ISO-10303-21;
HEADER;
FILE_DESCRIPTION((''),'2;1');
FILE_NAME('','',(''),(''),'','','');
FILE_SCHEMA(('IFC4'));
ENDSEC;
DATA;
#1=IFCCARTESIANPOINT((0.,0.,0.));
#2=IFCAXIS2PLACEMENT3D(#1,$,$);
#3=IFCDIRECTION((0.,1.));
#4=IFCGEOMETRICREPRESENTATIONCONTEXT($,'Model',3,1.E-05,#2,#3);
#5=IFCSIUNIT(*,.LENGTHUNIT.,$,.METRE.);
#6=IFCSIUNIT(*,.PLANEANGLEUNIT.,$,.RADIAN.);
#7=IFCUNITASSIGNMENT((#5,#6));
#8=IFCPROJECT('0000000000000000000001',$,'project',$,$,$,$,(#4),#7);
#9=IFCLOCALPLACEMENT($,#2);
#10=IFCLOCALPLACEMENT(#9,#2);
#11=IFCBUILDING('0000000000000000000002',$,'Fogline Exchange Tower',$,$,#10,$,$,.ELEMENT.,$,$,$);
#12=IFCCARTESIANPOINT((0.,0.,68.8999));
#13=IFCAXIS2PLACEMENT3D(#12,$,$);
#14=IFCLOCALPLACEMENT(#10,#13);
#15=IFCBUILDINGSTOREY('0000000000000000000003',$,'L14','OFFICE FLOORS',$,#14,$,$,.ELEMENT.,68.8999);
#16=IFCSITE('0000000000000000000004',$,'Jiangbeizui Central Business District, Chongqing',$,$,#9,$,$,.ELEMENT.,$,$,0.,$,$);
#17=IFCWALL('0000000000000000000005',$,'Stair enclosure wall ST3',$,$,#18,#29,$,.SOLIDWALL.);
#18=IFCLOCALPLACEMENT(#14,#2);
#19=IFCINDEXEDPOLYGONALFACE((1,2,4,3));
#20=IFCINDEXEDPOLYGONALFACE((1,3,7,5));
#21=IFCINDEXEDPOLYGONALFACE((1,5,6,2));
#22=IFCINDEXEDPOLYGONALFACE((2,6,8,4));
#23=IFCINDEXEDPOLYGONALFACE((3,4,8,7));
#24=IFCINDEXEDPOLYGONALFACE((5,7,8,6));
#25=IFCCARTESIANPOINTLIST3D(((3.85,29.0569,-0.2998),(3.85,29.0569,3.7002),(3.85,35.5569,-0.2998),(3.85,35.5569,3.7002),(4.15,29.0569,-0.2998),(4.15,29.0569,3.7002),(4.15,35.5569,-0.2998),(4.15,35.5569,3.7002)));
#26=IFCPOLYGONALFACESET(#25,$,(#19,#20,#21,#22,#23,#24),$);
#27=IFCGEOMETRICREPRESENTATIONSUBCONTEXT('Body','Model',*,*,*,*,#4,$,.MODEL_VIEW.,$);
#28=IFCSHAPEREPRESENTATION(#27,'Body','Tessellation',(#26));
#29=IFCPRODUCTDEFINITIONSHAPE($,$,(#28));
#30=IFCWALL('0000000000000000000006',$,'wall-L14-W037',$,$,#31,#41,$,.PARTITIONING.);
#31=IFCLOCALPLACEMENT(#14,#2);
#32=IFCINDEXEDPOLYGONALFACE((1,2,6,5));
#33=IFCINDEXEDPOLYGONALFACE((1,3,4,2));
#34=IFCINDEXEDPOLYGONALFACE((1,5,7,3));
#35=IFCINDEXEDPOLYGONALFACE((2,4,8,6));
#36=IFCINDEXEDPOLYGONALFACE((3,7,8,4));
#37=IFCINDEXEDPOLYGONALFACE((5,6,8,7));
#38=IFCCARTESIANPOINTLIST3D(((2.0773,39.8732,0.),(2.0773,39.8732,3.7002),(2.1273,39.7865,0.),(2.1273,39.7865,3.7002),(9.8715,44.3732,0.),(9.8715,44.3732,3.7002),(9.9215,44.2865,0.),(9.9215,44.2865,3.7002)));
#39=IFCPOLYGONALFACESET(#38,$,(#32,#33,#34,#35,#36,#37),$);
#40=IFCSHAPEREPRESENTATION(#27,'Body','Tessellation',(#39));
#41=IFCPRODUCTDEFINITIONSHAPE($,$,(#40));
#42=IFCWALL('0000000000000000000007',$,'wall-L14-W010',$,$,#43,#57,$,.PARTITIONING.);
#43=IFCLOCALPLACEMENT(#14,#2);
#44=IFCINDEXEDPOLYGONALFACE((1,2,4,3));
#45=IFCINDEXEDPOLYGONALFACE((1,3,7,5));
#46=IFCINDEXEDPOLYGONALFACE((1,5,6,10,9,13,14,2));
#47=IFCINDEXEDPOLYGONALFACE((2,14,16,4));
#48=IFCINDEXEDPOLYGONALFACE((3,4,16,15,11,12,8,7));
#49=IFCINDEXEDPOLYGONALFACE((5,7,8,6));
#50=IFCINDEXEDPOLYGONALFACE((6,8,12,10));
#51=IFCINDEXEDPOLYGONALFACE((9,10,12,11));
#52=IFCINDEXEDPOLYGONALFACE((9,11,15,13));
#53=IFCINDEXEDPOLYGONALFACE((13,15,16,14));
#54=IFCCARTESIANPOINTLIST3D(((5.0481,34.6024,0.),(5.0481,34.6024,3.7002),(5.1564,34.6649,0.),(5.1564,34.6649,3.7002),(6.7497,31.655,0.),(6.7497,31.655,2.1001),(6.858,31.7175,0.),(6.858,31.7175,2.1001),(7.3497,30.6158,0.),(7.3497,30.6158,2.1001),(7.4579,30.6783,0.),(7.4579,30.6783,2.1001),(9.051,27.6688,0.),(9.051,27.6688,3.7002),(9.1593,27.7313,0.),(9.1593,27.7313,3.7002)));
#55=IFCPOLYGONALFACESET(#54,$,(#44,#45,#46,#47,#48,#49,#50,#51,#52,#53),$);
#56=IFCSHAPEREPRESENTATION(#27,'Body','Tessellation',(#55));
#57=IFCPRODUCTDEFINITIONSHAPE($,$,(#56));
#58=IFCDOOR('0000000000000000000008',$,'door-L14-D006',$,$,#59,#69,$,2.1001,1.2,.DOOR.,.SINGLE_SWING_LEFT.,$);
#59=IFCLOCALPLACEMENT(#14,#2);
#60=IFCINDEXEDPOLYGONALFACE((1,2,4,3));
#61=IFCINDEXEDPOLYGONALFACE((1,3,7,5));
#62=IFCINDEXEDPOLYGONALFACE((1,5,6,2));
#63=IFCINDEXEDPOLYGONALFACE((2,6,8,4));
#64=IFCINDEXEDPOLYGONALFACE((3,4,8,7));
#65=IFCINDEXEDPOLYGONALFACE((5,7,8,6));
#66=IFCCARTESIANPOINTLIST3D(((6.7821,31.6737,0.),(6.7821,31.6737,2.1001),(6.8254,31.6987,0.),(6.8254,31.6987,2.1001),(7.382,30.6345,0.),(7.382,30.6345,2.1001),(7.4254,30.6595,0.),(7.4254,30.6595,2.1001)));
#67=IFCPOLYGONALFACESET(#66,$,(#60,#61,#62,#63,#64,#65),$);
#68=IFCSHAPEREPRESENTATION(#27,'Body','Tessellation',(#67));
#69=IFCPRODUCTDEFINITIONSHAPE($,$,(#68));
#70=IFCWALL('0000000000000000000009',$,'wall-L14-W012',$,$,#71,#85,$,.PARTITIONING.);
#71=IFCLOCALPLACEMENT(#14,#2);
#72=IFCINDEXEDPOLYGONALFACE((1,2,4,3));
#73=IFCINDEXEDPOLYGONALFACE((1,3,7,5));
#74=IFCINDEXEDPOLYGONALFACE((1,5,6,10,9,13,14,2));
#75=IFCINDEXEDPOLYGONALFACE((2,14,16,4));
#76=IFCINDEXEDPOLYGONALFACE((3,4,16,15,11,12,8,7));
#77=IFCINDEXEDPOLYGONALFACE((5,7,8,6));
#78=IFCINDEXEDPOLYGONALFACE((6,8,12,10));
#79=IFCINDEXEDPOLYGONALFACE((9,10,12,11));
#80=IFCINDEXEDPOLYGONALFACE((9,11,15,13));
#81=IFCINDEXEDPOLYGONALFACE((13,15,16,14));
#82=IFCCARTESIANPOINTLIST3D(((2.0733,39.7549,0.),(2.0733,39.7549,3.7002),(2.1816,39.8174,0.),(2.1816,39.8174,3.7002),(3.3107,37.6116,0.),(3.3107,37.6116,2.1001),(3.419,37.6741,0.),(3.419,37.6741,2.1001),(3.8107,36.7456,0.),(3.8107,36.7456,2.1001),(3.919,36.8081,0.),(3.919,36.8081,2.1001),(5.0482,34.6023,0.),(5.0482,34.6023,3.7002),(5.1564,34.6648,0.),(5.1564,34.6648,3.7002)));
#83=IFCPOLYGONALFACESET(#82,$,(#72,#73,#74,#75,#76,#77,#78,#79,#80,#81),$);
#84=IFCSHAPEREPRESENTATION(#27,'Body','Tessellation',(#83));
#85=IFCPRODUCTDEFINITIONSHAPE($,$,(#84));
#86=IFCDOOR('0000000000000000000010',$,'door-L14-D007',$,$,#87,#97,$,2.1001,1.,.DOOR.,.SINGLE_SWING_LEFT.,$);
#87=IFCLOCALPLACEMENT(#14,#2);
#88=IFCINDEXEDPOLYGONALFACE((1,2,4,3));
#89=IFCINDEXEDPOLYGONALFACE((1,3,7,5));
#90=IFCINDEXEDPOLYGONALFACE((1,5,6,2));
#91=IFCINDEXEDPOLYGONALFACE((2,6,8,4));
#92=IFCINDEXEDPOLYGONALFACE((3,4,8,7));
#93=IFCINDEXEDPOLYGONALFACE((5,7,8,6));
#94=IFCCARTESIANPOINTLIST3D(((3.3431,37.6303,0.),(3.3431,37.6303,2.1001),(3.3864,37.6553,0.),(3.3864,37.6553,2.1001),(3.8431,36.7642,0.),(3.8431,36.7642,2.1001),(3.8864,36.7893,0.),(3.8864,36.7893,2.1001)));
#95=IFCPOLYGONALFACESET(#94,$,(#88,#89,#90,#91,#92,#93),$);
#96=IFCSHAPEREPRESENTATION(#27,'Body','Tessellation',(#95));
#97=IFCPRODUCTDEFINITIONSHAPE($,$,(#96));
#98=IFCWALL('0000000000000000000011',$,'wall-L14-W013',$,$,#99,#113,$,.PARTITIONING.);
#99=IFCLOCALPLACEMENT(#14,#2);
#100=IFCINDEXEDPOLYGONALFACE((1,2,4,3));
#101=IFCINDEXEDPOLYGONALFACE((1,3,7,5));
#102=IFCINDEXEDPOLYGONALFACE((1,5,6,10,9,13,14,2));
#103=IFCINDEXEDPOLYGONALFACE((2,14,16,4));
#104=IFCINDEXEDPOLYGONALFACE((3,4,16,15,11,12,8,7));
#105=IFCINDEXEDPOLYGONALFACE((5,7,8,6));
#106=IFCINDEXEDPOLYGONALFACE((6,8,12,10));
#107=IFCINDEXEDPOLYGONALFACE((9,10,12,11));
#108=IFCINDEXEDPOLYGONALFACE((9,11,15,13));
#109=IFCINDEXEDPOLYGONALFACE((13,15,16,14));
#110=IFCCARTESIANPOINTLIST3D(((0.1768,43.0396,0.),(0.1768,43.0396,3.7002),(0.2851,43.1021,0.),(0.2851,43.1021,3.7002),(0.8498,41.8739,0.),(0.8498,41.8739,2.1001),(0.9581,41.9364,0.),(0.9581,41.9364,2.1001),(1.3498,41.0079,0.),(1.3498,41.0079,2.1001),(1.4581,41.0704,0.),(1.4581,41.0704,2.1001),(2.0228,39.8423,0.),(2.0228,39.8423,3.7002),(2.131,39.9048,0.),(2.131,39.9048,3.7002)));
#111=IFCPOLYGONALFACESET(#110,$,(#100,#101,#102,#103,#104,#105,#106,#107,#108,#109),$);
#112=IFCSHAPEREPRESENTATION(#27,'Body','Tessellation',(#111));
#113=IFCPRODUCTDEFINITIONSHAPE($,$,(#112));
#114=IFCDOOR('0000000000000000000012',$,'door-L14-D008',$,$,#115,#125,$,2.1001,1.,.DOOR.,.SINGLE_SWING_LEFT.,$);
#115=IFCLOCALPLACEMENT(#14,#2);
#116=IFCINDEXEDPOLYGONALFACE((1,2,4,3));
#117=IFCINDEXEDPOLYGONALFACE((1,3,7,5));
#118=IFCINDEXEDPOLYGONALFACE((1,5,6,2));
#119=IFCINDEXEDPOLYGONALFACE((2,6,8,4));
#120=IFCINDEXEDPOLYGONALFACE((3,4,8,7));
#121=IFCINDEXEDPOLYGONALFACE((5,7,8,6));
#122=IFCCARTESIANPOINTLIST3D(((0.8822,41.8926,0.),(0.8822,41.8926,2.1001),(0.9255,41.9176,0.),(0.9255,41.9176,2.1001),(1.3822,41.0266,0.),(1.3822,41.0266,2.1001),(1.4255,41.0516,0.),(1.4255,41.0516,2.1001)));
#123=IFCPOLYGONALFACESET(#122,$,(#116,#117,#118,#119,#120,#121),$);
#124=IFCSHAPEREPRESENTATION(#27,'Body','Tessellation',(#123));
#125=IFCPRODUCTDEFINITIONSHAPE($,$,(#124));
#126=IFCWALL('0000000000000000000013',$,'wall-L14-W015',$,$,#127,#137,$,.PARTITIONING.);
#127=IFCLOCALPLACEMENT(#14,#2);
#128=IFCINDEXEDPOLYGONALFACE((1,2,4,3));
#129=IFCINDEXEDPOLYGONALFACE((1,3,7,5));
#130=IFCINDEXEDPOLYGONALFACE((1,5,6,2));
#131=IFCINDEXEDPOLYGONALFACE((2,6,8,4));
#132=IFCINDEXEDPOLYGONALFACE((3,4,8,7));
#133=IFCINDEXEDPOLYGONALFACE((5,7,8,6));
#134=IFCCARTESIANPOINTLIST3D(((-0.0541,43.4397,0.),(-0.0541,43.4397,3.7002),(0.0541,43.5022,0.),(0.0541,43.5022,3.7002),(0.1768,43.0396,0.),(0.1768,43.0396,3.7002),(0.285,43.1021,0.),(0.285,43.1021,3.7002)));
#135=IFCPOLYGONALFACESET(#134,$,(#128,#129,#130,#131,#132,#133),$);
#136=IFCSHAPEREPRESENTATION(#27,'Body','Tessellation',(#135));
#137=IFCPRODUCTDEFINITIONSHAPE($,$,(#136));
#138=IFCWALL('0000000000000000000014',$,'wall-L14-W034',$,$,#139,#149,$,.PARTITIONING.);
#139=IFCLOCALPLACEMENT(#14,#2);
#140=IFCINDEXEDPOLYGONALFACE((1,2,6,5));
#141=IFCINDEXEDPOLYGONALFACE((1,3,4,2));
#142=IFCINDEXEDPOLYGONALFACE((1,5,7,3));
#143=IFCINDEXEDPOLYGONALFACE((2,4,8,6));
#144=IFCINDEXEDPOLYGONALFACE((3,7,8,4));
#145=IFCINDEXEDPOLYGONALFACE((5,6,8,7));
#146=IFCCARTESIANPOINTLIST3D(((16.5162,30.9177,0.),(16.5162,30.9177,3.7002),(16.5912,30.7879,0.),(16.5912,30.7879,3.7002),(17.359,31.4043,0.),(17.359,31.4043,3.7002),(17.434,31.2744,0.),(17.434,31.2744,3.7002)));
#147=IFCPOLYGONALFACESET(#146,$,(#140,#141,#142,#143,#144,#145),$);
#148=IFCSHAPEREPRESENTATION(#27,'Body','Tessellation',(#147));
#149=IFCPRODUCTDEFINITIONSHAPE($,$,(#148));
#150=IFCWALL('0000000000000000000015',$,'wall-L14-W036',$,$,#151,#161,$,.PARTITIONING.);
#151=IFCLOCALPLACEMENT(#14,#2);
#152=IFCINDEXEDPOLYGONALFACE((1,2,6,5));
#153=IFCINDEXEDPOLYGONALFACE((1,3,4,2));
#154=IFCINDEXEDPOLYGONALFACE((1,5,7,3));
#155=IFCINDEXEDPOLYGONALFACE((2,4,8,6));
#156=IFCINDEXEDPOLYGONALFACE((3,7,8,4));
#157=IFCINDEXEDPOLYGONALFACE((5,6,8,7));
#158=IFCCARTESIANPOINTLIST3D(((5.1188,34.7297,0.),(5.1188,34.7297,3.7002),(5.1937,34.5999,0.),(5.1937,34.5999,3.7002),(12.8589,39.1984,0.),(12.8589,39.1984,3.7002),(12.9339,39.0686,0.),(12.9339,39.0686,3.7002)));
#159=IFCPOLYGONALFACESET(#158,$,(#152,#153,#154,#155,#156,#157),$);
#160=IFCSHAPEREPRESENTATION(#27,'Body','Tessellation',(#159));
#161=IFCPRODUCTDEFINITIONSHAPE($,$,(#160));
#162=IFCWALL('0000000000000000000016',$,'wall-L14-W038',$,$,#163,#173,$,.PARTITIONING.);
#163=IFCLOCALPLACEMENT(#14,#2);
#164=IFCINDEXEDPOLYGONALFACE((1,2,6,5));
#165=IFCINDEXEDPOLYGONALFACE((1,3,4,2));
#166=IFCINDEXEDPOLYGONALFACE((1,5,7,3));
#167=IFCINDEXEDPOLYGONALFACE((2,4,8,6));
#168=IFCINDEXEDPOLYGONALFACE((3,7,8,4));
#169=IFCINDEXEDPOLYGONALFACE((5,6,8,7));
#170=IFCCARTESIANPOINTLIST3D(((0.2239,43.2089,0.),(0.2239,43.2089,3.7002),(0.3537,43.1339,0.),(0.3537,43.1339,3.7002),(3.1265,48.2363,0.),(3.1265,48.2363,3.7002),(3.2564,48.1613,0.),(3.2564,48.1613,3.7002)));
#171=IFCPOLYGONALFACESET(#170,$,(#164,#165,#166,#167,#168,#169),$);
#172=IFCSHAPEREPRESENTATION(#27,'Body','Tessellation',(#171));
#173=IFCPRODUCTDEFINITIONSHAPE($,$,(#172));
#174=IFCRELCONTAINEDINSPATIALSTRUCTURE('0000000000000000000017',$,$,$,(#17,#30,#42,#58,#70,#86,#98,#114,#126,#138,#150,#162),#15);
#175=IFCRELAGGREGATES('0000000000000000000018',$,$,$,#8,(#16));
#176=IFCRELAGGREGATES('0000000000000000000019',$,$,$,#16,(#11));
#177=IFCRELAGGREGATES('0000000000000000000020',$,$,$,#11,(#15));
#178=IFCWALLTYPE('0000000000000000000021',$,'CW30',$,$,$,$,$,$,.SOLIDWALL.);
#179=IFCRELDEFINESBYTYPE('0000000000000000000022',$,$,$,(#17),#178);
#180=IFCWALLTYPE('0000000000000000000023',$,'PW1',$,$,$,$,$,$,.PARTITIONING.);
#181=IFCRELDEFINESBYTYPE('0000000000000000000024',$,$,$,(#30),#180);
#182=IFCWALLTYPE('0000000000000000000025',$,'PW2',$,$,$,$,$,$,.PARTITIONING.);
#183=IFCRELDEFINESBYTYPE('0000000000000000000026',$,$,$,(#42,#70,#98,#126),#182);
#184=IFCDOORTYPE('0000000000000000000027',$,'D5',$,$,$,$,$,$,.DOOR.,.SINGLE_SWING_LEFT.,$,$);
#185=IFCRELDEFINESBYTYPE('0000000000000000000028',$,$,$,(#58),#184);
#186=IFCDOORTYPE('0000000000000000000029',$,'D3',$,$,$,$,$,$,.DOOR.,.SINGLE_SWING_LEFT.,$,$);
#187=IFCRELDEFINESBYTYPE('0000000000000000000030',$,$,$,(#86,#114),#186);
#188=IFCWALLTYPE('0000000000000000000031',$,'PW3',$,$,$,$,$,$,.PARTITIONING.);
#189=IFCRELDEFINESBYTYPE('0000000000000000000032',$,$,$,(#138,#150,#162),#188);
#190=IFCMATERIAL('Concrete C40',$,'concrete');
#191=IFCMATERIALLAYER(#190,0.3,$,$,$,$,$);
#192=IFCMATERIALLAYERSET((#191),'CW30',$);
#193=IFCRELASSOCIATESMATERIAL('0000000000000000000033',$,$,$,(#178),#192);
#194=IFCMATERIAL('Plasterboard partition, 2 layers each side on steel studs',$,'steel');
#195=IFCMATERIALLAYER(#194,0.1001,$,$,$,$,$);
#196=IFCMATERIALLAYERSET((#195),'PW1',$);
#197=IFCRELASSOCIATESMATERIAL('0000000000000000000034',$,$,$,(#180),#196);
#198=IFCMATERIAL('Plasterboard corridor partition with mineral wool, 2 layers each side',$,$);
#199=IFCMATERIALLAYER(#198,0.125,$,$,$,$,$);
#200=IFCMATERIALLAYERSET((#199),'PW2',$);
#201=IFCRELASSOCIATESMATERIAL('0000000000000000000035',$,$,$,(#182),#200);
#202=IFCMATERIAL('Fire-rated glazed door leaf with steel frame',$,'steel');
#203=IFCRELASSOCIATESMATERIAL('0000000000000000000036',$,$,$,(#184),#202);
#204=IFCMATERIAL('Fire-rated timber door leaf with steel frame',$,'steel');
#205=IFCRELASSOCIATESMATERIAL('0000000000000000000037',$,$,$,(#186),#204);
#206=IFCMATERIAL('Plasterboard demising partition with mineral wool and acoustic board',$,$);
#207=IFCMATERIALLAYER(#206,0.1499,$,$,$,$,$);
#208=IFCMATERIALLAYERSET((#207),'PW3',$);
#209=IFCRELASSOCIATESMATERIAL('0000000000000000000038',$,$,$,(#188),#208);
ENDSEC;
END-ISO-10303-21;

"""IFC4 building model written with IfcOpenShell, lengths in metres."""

from ifc_helpers import new_model, si_unit, direction, frame, frame_2d, origin, place, context, subcontext, project, spatial, rectangle, extrude, material, layer, layer_set, type_object, element, fill, save


model = new_model("IFC4")

# Units and contexts
model_context = context("Model", 3, precision=1e-05, world=origin(), true_north=direction((0.0, 1.0)))
body_context = subcontext(model_context, "Body", "Model", "MODEL_VIEW")
ifc_project = project(units=[si_unit("LENGTHUNIT", "METRE"), si_unit("PLANEANGLEUNIT", "RADIAN")], contexts=[model_context])

# Site, building, storey
site_placement = place(None, origin())
site = spatial("IfcSite", under=ifc_project, at=site_placement, Name="Jiangbeizui Central Business District, Chongqing", CompositionType="ELEMENT", RefElevation=0.0)
building_placement = place(site_placement, origin())
building = spatial("IfcBuilding", under=site, at=building_placement, Name="Fogline Exchange Tower", CompositionType="ELEMENT")
storey_placement = place(building_placement, frame((0.0, 0.0, 68.8999)))
storey = spatial("IfcBuildingStorey", under=building, at=storey_placement, Name="L14", Description="OFFICE FLOORS", CompositionType="ELEMENT", Elevation=68.8999)

# Shared definitions
ifc_material_1 = material(Name="Concrete C40", Category="concrete")

# Wall
ifc_layer_1 = layer(ifc_material_1, 0.3)
ifc_layer_set_1 = layer_set([ifc_layer_1], Name="CW30")
wall_type_1 = type_object("IfcWallType", Name="CW30", PredefinedType="SOLIDWALL", material=ifc_layer_set_1)
wall_1_placement = place(storey_placement, frame((4.0, 29.0569, -0.2998), z_axis=(0.0, 0.0, 1.0), x_axis=(0.0, 1.0, 0.0)))
element("IfcWall", 1, at=wall_1_placement, inside=storey, type_object=wall_type_1, Name="Stair enclosure wall ST3", PredefinedType="SOLIDWALL", context=body_context, shape_type="SweptSolid", body=[
    extrude(rectangle(XDim=6.5, YDim=0.3, at=frame_2d((3.25, 0.0))), origin(), (0.0, 0.0, 1.0), 4.0),
])

# Wall
ifc_material_2 = material(Name="Plasterboard partition, 2 layers each side on steel studs", Category="steel")
ifc_layer_2 = layer(ifc_material_2, 0.1001)
ifc_layer_set_2 = layer_set([ifc_layer_2], Name="PW1")
wall_type_2 = type_object("IfcWallType", Name="PW1", PredefinedType="PARTITIONING", material=ifc_layer_set_2)
wall_2_placement = place(storey_placement, frame((2.1023, 39.8298, 0.0), z_axis=(0.0, 0.0, 1.0), x_axis=(0.866024, 0.500002, 0.0)))
element("IfcWall", 2, at=wall_2_placement, inside=storey, type_object=wall_type_2, Name="wall-L14-W037", PredefinedType="PARTITIONING", context=body_context, shape_type="SweptSolid", body=[
    extrude(rectangle(XDim=9.0, YDim=0.1001, at=frame_2d((4.5, 0.0))), origin(), (0.0, 0.0, 1.0), 3.7002),
])

# Walls, openings, doors
ifc_material_3 = material(Name="Plasterboard corridor partition with mineral wool, 2 layers each side")
ifc_layer_3 = layer(ifc_material_3, 0.125)
ifc_layer_set_3 = layer_set([ifc_layer_3], Name="PW2")
wall_type_3 = type_object("IfcWallType", Name="PW2", PredefinedType="PARTITIONING", material=ifc_layer_set_3)
wall_3_placement = place(storey_placement, frame((5.1023, 34.6335, 0.0), z_axis=(0.0, 0.0, 1.0), x_axis=(0.499983, -0.866035, 0.0)))
wall_3 = element("IfcWall", 3, at=wall_3_placement, inside=storey, type_object=wall_type_3, Name="wall-L14-W010", PredefinedType="PARTITIONING", context=body_context, shape_type="SweptSolid", body=[
    extrude(rectangle(XDim=8.0061, YDim=0.125, at=frame_2d((4.0029, 0.0))), origin(), (0.0, 0.0, 1.0), 3.7002),
])
opening_1_placement = place(wall_3_placement, frame((3.4031, 0.0, 0.0)))
opening_1 = element("IfcOpeningElement", 4, at=opening_1_placement, cuts=wall_3, PredefinedType="OPENING", context=body_context, shape_type="SweptSolid", body=[
    extrude(rectangle(XDim=1.2, YDim=2.1001, at=frame_2d((0.6001, 1.05))), frame((0.0, 0.0725, 0.0), z_axis=(0.0, -1.0, 0.0), x_axis=(1.0, 0.0, 0.0)), (0.0, 0.0, 1.0), 0.145),
])
ifc_material_4 = material(Name="Fire-rated glazed door leaf with steel frame", Category="steel")
door_type_1 = type_object("IfcDoorType", Name="D5", OperationType="SINGLE_SWING_LEFT", PredefinedType="DOOR", material=ifc_material_4)
door_1_placement = place(opening_1_placement, origin())
door_1 = element("IfcDoor", 5, at=door_1_placement, inside=storey, type_object=door_type_1, Name="door-L14-D006", OperationType="SINGLE_SWING_LEFT", OverallHeight=2.1001, OverallWidth=1.2, PredefinedType="DOOR", context=body_context, shape_type="SweptSolid", body=[
    extrude(rectangle(XDim=1.2, YDim=2.1001, at=frame_2d((0.6001, 1.05))), frame((0.0, 0.0249, 0.0), z_axis=(0.0, -1.0, 0.0), x_axis=(1.0, 0.0, 0.0)), (0.0, 0.0, 1.0), 0.05),
])
fill(opening_1, door_1)
wall_4_placement = place(storey_placement, frame((2.1274, 39.7861, 0.0), z_axis=(0.0, 0.0, 1.0), x_axis=(0.500001, -0.866025, 0.0)))
wall_4 = element("IfcWall", 6, at=wall_4_placement, inside=storey, type_object=wall_type_3, Name="wall-L14-W012", PredefinedType="PARTITIONING", context=body_context, shape_type="SweptSolid", body=[
    extrude(rectangle(XDim=5.9497, YDim=0.125, at=frame_2d((2.9749, 0.0))), origin(), (0.0, 0.0, 1.0), 3.7002),
])
opening_2_placement = place(wall_4_placement, frame((2.4749, 0.0, 0.0)))
opening_2 = element("IfcOpeningElement", 7, at=opening_2_placement, cuts=wall_4, PredefinedType="OPENING", context=body_context, shape_type="SweptSolid", body=[
    extrude(rectangle(XDim=1.0, YDim=2.1001, at=frame_2d((0.5, 1.05))), frame((0.0, 0.0725, 0.0), z_axis=(0.0, -1.0, 0.0), x_axis=(1.0, 0.0, 0.0)), (0.0, 0.0, 1.0), 0.145),
])
ifc_material_5 = material(Name="Fire-rated timber door leaf with steel frame", Category="steel")
door_type_2 = type_object("IfcDoorType", Name="D3", OperationType="SINGLE_SWING_LEFT", PredefinedType="DOOR", material=ifc_material_5)
door_2_placement = place(opening_2_placement, origin())
door_2 = element("IfcDoor", 8, at=door_2_placement, inside=storey, type_object=door_type_2, Name="door-L14-D007", OperationType="SINGLE_SWING_LEFT", OverallHeight=2.1001, OverallWidth=1.0, PredefinedType="DOOR", context=body_context, shape_type="SweptSolid", body=[
    extrude(rectangle(XDim=1.0, YDim=2.1001, at=frame_2d((0.5, 1.05))), frame((0.0, 0.0249, 0.0), z_axis=(0.0, -1.0, 0.0), x_axis=(1.0, 0.0, 0.0)), (0.0, 0.0, 1.0), 0.05),
])
fill(opening_2, door_2)
wall_5_placement = place(storey_placement, frame((0.231, 43.0708, 0.0), z_axis=(0.0, 0.0, 1.0), x_axis=(0.500001, -0.866025, 0.0)))
wall_5 = element("IfcWall", 9, at=wall_5_placement, inside=storey, type_object=wall_type_3, Name="wall-L14-W013", PredefinedType="PARTITIONING", context=body_context, shape_type="SweptSolid", body=[
    extrude(rectangle(XDim=3.6919, YDim=0.125, at=frame_2d((1.8459, 0.0))), origin(), (0.0, 0.0, 1.0), 3.7002),
])
opening_3_placement = place(wall_5_placement, frame((1.3459, 0.0, 0.0)))
opening_3 = element("IfcOpeningElement", 10, at=opening_3_placement, cuts=wall_5, PredefinedType="OPENING", context=body_context, shape_type="SweptSolid", body=[
    extrude(rectangle(XDim=1.0, YDim=2.1001, at=frame_2d((0.5, 1.05))), frame((0.0, 0.0725, 0.0), z_axis=(0.0, -1.0, 0.0), x_axis=(1.0, 0.0, 0.0)), (0.0, 0.0, 1.0), 0.145),
])
door_3_placement = place(opening_3_placement, origin())
door_3 = element("IfcDoor", 11, at=door_3_placement, inside=storey, type_object=door_type_2, Name="door-L14-D008", OperationType="SINGLE_SWING_LEFT", OverallHeight=2.1001, OverallWidth=1.0, PredefinedType="DOOR", context=body_context, shape_type="SweptSolid", body=[
    extrude(rectangle(XDim=1.0, YDim=2.1001, at=frame_2d((0.5, 1.05))), frame((0.0, 0.0249, 0.0), z_axis=(0.0, -1.0, 0.0), x_axis=(1.0, 0.0, 0.0)), (0.0, 0.0, 1.0), 0.05),
])
fill(opening_3, door_3)

# Walls
wall_6_placement = place(storey_placement, frame((0.0, 43.4709, 0.0), z_axis=(0.0, 0.0, 1.0), x_axis=(0.49989, -0.866089, 0.0)))
element("IfcWall", 12, at=wall_6_placement, inside=storey, type_object=wall_type_3, Name="wall-L14-W015", PredefinedType="PARTITIONING", context=body_context, shape_type="SweptSolid", body=[
    extrude(rectangle(XDim=0.4619, YDim=0.125, at=frame_2d((0.231, 0.0))), origin(), (0.0, 0.0, 1.0), 3.7002),
])
ifc_material_6 = material(Name="Plasterboard demising partition with mineral wool and acoustic board")
ifc_layer_4 = layer(ifc_material_6, 0.1499)
ifc_layer_set_4 = layer_set([ifc_layer_4], Name="PW3")
wall_type_4 = type_object("IfcWallType", Name="PW3", PredefinedType="PARTITIONING", material=ifc_layer_set_4)
wall_7_placement = place(storey_placement, frame((16.5537, 30.8528, 0.0), z_axis=(0.0, 0.0, 1.0), x_axis=(0.866027, 0.499998, 0.0)))
element("IfcWall", 13, at=wall_7_placement, inside=storey, type_object=wall_type_4, Name="wall-L14-W034", PredefinedType="PARTITIONING", context=body_context, shape_type="SweptSolid", body=[
    extrude(rectangle(XDim=0.9731, YDim=0.1499, at=frame_2d((0.4866, 0.0))), origin(), (0.0, 0.0, 1.0), 3.7002),
])
wall_8_placement = place(storey_placement, frame((5.1562, 34.6648, 0.0), z_axis=(0.0, 0.0, 1.0), x_axis=(0.866029, 0.499994, 0.0)))
element("IfcWall", 14, at=wall_8_placement, inside=storey, type_object=wall_type_4, Name="wall-L14-W036", PredefinedType="PARTITIONING", context=body_context, shape_type="SweptSolid", body=[
    extrude(rectangle(XDim=8.9375, YDim=0.1499, at=frame_2d((4.4688, 0.0))), origin(), (0.0, 0.0, 1.0), 3.7002),
])
wall_9_placement = place(storey_placement, frame((0.2888, 43.1714, 0.0), z_axis=(0.0, 0.0, 1.0), x_axis=(0.500006, 0.866022, 0.0)))
element("IfcWall", 15, at=wall_9_placement, inside=storey, type_object=wall_type_4, Name="wall-L14-W038", PredefinedType="PARTITIONING", context=body_context, shape_type="SweptSolid", body=[
    extrude(rectangle(XDim=5.8052, YDim=0.1499, at=frame_2d((2.9026, 0.0))), origin(), (0.0, 0.0, 1.0), 3.7002),
])

save(model, "model.ifc")
